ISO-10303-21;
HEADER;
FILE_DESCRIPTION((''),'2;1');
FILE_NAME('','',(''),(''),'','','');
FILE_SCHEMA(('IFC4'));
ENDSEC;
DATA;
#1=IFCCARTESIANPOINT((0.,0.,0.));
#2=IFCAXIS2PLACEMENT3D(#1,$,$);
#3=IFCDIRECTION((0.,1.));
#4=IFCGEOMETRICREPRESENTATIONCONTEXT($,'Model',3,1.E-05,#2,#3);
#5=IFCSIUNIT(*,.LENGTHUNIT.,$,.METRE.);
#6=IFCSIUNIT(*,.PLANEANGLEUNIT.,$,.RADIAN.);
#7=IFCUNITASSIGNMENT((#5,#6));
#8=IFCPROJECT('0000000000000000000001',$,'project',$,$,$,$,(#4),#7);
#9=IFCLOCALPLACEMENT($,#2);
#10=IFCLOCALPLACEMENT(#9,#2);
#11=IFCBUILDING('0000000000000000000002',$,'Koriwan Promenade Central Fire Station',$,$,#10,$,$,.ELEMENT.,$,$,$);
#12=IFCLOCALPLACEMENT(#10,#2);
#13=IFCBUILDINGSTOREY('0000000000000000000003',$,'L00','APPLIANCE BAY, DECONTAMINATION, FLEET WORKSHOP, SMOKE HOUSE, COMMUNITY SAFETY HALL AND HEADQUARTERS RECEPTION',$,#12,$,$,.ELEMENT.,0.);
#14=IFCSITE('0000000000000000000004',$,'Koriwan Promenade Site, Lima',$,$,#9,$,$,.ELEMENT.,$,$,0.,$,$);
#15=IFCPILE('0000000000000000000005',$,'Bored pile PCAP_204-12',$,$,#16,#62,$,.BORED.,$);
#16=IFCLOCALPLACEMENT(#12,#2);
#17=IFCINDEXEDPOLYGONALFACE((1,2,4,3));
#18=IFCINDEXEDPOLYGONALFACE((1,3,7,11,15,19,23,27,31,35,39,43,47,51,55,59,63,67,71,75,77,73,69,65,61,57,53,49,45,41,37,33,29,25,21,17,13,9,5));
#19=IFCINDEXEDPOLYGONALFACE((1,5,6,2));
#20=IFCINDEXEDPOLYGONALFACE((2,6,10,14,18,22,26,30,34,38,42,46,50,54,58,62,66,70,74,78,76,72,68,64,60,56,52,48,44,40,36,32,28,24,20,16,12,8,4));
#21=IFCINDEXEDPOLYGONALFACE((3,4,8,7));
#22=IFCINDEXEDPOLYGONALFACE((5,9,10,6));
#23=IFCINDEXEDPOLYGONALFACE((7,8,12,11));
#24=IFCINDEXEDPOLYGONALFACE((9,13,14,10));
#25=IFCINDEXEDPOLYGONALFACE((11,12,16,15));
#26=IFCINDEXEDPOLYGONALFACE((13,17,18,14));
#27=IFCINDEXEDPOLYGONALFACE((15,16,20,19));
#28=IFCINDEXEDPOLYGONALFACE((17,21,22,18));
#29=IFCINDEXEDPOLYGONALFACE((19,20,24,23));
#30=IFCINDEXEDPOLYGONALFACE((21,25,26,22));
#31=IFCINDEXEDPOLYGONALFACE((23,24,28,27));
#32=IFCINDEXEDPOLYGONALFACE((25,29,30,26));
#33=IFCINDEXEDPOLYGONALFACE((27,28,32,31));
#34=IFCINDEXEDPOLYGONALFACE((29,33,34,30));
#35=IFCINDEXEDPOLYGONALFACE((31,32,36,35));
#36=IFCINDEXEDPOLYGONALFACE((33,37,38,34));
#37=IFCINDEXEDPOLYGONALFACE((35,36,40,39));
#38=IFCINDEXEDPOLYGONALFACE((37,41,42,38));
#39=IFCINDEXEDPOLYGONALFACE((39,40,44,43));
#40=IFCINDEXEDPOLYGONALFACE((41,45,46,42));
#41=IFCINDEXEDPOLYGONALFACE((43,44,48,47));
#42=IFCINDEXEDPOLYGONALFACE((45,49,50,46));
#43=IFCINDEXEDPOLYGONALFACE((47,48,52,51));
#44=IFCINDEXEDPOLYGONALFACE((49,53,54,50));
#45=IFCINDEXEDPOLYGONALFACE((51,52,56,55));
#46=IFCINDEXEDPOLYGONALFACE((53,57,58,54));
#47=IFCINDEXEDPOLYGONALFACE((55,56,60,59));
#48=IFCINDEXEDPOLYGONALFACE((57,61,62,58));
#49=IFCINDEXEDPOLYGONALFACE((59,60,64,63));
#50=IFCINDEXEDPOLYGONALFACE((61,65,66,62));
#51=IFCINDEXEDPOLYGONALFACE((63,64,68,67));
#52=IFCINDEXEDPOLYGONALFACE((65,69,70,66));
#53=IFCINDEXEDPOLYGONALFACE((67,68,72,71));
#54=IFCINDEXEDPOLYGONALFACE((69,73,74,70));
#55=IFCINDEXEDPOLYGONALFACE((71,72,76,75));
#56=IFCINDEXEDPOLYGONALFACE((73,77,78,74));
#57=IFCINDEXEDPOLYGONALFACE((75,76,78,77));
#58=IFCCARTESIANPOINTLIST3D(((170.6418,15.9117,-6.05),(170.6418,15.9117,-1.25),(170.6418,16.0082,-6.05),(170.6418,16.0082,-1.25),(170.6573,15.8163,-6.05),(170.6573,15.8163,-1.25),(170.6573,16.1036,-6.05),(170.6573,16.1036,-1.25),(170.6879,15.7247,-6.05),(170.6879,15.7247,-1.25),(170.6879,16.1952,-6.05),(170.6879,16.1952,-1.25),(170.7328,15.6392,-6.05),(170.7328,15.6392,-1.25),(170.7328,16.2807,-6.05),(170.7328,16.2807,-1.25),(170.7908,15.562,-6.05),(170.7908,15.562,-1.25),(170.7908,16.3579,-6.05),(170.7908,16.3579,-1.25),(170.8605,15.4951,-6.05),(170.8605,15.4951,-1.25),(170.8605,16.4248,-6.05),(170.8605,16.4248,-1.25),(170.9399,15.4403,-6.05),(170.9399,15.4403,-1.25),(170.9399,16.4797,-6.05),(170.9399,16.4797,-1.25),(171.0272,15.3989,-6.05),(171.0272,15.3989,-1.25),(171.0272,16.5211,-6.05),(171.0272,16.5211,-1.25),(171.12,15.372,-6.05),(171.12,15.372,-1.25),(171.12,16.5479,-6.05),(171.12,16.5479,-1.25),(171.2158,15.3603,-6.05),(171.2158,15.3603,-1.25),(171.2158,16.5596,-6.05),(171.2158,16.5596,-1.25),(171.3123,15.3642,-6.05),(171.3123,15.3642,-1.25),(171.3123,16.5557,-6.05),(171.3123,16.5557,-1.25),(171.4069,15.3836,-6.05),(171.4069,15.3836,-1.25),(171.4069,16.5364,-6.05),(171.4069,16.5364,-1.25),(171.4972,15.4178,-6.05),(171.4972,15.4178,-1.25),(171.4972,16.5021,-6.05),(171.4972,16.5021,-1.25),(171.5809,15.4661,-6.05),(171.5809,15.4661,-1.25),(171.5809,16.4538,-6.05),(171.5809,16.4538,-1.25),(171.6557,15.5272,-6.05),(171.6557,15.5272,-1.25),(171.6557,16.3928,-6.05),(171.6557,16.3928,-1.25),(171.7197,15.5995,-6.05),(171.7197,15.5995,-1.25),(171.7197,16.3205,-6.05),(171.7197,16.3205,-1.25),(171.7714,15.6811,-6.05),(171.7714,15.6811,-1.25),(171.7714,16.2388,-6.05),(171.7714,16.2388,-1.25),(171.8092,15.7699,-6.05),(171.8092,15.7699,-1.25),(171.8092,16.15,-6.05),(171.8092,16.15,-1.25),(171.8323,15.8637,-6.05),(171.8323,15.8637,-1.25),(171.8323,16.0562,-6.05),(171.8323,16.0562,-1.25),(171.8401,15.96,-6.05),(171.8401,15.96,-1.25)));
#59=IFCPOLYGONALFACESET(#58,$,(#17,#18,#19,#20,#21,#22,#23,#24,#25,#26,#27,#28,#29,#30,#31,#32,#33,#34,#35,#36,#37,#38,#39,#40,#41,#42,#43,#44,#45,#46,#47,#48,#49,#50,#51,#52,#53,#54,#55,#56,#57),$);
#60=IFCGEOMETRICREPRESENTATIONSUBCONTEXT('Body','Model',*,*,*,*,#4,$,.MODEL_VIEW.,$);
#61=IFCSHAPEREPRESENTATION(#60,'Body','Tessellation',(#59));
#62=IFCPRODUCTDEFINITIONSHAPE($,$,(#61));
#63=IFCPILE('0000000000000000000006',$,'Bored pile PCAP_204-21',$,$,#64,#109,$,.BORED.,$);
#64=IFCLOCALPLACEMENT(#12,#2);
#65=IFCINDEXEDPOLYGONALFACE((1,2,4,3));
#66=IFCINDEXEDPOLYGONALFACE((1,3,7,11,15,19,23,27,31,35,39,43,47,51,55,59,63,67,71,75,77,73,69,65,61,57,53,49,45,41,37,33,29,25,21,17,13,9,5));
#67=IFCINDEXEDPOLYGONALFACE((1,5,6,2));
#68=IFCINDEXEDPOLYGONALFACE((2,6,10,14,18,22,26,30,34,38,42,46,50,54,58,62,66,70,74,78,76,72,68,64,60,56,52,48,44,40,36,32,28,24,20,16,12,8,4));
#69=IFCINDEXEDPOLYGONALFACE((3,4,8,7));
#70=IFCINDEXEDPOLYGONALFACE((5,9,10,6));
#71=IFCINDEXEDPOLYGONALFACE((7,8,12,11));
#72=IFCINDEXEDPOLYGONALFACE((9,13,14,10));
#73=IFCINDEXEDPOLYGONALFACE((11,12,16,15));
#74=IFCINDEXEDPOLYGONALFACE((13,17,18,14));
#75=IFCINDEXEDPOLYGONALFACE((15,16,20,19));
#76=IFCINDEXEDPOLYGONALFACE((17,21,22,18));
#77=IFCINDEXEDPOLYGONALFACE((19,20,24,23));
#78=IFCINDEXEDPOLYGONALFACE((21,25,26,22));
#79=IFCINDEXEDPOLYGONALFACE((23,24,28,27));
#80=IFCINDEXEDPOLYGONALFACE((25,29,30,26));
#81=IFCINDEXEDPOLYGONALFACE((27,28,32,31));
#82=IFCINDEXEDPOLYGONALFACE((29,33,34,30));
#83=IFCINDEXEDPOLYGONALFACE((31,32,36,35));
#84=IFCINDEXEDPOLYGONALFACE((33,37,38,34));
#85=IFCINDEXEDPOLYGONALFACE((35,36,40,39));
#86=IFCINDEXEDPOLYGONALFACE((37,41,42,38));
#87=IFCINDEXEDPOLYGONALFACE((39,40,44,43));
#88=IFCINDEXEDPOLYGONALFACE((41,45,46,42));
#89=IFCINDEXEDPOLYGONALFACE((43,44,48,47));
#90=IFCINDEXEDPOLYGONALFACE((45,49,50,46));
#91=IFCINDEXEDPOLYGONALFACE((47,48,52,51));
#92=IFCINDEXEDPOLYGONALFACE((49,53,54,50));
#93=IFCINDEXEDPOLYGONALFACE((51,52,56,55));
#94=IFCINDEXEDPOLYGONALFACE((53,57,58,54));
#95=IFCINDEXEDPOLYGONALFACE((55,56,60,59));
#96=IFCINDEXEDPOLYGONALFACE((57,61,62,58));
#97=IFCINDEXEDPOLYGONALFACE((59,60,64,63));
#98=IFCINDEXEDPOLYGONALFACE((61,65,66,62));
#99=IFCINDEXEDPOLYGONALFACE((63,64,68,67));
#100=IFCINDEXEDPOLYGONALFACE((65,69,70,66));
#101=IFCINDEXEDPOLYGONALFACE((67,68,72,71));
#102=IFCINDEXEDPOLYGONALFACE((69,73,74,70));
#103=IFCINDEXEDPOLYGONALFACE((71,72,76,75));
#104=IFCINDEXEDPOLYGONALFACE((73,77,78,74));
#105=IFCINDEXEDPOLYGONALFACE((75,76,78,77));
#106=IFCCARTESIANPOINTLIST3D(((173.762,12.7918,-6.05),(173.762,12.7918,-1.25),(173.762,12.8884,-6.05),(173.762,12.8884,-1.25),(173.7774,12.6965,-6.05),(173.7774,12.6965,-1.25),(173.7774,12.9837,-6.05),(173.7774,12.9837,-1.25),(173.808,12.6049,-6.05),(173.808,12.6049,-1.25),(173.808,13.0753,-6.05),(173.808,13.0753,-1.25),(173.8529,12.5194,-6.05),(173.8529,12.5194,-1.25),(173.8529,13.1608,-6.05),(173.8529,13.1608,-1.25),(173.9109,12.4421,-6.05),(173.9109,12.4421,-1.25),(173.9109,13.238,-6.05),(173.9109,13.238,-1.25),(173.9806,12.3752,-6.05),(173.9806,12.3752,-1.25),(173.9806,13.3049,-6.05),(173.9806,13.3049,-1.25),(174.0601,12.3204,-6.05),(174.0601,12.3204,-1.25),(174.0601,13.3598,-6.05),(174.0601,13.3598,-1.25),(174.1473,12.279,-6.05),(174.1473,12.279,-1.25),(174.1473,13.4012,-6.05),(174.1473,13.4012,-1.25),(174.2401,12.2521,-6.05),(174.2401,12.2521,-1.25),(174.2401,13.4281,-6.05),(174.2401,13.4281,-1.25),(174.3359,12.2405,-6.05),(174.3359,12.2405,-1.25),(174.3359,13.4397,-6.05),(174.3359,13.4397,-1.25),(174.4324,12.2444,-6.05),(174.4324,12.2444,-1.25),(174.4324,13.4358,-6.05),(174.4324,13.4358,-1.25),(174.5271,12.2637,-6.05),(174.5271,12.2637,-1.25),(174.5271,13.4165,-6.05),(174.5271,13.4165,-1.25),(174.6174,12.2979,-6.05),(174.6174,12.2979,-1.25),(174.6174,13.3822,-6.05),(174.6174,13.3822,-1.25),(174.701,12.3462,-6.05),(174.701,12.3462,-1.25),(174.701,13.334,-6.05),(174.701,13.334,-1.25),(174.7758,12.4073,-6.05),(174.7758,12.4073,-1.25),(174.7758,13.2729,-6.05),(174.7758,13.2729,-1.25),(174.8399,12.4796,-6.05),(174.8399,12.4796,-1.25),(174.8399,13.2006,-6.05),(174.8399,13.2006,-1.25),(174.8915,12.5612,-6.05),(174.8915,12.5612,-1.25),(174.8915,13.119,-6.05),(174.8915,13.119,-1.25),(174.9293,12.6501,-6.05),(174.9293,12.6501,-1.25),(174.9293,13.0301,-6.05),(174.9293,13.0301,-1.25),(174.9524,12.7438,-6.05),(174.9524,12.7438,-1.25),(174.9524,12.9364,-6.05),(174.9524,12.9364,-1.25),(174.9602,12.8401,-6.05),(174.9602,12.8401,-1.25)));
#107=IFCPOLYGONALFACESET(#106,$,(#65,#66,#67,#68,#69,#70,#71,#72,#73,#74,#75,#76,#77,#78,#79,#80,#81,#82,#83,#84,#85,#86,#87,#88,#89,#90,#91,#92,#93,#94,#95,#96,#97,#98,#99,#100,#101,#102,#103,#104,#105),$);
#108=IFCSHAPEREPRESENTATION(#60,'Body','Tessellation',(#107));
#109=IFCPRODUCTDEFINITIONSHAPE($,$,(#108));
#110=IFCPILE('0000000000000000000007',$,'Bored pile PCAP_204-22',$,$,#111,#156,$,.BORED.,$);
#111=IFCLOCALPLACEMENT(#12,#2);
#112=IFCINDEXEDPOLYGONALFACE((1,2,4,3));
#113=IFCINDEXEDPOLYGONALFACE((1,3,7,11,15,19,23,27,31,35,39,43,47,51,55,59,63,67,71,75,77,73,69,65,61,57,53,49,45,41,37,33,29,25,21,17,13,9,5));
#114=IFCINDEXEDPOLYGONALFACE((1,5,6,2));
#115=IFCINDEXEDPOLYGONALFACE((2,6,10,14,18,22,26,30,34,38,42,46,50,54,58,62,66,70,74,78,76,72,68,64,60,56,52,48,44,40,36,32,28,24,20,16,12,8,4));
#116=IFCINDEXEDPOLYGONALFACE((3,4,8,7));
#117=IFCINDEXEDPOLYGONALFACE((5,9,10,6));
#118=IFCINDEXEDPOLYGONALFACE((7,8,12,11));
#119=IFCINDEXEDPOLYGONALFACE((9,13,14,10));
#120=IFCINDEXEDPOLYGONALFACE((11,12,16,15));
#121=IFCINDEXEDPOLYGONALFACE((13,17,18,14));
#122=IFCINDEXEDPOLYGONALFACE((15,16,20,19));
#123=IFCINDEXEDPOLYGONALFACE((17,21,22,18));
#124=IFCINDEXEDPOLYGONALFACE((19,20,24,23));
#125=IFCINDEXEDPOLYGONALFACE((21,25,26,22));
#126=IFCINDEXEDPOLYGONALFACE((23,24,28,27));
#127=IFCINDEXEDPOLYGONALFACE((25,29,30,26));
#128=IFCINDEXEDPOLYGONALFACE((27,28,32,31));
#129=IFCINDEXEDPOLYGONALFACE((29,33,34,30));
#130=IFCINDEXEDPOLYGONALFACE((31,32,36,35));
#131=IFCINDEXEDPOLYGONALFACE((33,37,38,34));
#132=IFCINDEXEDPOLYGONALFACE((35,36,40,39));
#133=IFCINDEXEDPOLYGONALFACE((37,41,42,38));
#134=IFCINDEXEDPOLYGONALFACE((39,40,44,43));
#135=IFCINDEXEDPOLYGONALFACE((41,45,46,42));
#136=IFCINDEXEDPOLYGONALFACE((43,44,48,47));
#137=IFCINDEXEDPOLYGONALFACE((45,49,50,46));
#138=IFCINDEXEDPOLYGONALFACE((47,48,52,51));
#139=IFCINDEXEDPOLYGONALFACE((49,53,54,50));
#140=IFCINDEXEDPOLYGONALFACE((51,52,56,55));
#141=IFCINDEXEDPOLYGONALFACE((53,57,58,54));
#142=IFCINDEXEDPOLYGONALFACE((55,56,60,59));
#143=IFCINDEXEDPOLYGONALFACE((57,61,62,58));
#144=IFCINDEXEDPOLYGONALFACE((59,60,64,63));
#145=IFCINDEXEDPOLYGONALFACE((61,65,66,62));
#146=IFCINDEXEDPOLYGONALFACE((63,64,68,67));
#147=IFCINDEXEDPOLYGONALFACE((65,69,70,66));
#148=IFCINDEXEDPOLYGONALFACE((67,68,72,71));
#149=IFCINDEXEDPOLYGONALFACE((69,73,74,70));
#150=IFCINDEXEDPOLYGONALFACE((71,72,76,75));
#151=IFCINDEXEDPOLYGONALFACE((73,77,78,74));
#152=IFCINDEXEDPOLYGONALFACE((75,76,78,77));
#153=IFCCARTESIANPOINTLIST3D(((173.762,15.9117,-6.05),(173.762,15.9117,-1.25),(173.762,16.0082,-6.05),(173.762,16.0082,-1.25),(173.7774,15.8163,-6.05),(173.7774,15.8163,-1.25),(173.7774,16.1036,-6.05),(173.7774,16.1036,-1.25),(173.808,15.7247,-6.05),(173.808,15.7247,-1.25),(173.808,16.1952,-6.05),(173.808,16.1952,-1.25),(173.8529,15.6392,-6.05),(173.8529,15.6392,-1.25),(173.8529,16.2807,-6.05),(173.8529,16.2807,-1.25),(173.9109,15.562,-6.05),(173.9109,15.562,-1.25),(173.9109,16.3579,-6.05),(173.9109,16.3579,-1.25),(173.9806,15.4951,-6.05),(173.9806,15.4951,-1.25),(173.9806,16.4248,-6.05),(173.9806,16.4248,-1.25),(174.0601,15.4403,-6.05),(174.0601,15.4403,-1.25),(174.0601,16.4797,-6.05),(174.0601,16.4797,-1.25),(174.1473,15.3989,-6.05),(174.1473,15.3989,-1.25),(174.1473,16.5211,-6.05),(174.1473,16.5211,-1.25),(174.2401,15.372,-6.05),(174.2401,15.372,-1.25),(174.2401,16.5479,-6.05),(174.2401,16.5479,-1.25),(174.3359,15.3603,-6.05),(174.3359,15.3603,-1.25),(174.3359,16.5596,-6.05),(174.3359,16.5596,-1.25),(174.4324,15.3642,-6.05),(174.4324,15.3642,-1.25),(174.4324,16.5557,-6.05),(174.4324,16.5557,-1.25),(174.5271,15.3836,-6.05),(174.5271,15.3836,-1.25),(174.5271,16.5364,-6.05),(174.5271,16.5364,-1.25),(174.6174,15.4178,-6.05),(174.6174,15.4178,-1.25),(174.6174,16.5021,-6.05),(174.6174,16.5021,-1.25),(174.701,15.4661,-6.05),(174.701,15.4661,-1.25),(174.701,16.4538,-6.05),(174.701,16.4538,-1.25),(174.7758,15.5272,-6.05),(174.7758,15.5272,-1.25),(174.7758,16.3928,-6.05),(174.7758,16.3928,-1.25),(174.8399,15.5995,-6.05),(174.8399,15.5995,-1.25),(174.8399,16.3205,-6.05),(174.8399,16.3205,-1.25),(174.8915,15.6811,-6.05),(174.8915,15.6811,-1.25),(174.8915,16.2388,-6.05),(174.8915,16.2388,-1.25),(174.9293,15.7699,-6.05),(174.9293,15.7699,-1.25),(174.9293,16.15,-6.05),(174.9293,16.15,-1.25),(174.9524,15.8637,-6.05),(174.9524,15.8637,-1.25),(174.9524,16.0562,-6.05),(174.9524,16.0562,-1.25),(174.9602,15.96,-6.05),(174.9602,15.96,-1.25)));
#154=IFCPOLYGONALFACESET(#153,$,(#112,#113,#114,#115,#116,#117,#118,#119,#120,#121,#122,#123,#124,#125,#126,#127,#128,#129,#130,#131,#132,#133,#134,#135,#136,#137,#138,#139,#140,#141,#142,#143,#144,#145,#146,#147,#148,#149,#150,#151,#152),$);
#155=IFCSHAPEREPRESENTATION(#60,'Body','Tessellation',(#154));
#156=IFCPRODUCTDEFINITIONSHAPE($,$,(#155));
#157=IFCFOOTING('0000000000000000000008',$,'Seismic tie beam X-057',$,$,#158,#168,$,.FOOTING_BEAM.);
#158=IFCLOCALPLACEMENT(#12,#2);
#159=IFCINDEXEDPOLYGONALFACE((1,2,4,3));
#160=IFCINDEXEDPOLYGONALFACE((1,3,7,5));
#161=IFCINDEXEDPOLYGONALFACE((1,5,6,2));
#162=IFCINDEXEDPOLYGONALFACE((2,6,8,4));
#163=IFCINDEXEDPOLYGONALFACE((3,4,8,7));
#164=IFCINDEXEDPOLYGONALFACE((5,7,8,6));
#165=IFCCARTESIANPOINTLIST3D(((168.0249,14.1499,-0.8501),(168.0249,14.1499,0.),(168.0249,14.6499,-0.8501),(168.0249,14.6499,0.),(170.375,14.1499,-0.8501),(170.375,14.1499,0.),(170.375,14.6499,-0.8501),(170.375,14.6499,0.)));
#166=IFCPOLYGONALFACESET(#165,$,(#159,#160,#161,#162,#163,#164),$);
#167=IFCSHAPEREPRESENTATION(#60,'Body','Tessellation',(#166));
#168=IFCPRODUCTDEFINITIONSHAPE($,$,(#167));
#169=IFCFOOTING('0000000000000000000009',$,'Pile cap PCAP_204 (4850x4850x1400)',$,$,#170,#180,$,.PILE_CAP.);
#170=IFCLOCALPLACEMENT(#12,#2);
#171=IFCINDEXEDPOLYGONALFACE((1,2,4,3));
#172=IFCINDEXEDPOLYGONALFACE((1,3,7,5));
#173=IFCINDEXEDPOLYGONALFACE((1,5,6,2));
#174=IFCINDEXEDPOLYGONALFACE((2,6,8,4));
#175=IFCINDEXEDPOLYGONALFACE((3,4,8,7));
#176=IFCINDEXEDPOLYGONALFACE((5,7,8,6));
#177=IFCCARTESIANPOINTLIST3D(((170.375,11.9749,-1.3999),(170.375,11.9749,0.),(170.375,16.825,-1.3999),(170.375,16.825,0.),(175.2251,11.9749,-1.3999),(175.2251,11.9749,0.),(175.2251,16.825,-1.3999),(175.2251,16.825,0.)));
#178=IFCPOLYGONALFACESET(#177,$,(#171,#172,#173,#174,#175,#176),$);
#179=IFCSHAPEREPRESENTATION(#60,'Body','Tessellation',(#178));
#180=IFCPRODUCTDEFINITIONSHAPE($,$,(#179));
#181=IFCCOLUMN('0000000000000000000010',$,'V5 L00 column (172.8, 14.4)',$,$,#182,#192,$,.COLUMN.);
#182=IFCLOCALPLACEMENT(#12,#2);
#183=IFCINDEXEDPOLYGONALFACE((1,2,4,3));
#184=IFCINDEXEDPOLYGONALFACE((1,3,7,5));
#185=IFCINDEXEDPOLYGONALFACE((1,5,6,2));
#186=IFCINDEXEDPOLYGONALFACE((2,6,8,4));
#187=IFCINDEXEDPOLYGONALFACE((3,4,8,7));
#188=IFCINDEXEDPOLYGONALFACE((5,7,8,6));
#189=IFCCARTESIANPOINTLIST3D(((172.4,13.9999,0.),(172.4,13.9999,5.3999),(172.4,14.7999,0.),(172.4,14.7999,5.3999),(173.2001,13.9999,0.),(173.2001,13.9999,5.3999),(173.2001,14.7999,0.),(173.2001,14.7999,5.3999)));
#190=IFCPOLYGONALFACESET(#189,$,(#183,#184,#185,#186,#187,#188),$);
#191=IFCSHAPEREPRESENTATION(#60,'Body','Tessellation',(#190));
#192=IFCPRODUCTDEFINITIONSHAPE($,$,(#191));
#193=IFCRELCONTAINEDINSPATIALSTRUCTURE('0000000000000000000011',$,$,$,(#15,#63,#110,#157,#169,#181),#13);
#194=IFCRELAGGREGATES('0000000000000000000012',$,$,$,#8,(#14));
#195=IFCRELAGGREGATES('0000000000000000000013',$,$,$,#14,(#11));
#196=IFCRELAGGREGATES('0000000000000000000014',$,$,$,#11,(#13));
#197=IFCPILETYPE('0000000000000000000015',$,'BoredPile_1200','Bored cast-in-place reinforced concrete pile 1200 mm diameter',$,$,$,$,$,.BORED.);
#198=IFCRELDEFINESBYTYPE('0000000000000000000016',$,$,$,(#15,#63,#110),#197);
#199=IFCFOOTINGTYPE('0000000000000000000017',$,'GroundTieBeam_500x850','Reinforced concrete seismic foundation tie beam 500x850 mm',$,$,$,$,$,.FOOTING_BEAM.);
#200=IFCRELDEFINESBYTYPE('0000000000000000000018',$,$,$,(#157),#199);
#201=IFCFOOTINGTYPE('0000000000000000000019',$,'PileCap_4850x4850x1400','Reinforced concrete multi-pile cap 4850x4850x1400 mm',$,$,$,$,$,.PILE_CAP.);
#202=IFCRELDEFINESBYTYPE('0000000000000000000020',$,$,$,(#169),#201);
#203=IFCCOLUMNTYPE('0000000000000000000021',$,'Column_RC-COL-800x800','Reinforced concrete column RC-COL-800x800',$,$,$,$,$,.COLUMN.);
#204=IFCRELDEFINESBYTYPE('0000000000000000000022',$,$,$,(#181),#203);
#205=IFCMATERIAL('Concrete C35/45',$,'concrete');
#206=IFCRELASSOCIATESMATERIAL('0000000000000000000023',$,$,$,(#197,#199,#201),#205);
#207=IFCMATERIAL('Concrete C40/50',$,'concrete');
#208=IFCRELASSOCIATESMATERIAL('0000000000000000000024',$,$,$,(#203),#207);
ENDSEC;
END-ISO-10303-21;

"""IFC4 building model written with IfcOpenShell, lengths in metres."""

from ifc_helpers import new_model, si_unit, direction, frame, origin, origin_2d, place, context, subcontext, project, spatial, rectangle, circle, extrude, material, material_profile, profile_set, type_object, element, save


model = new_model("IFC4")

# Units and contexts
model_context = context("Model", 3, precision=1e-05, world=origin(), true_north=direction((0.0, 1.0)))
body_context = subcontext(model_context, "Body", "Model", "MODEL_VIEW")
ifc_project = project(units=[si_unit("LENGTHUNIT", "METRE"), si_unit("PLANEANGLEUNIT", "RADIAN")], contexts=[model_context])

# Site, building, storey
site_placement = place(None, origin())
site = spatial("IfcSite", under=ifc_project, at=site_placement, Name="Koriwan Promenade Site, Lima", CompositionType="ELEMENT", RefElevation=0.0)
building_placement = place(site_placement, origin())
building = spatial("IfcBuilding", under=site, at=building_placement, Name="Koriwan Promenade Central Fire Station", CompositionType="ELEMENT")
storey_placement = place(building_placement, origin())
storey = spatial("IfcBuildingStorey", under=building, at=storey_placement, Name="L00", Description="APPLIANCE BAY, DECONTAMINATION, FLEET WORKSHOP, SMOKE HOUSE, COMMUNITY SAFETY HALL AND HEADQUARTERS RECEPTION", CompositionType="ELEMENT", Elevation=0.0)

# Piles
ifc_material_1 = material(Name="Concrete C35/45", Category="concrete")
ifc_material_profile_1 = material_profile(ifc_material_1, circle(Radius=0.6001, at=origin_2d()), Name="PILE-D1200")
ifc_profile_set_1 = profile_set([ifc_material_profile_1], Name="Concrete C35/45")
pile_type = type_object("IfcPileType", Name="BoredPile_1200", Description="Bored cast-in-place reinforced concrete pile 1200 mm diameter", PredefinedType="BORED", material=ifc_profile_set_1)
for number, where, z_axis, x_axis, name in (
    (1, (171.24, 15.96, -1.25), (0.0, 0.0, -1.0), (1.0, 0.0, 0.0), "Bored pile PCAP_204-12"),
    (2, (174.3601, 12.8401, -1.25), (0.0, 0.0, -1.0), (1.0, 0.0, 0.0), "Bored pile PCAP_204-21"),
    (3, (174.3601, 15.96, -1.25), (0.0, 0.0, -1.0), (1.0, 0.0, 0.0), "Bored pile PCAP_204-22"),
):
    element("IfcPile", number, at=place(storey_placement, frame(where, z_axis=z_axis, x_axis=x_axis)), inside=storey, type_object=pile_type, Name=name, PredefinedType="BORED", context=body_context, shape_type="SweptSolid", body=[
        extrude(circle(Radius=0.6001, at=origin_2d()), origin(), (0.0, 0.0, 1.0), 4.8),
    ])

# Footings
footing_type_1 = type_object("IfcFootingType", Name="GroundTieBeam_500x850", Description="Reinforced concrete seismic foundation tie beam 500x850 mm", PredefinedType="FOOTING_BEAM", material=ifc_material_1)
footing_1_placement = place(storey_placement, frame((169.2, 14.3999, -0.8501), z_axis=(0.0, 0.0, 1.0), x_axis=(1.0, 0.0, 0.0)))
element("IfcFooting", 4, at=footing_1_placement, inside=storey, type_object=footing_type_1, Name="Seismic tie beam X-057", PredefinedType="FOOTING_BEAM", context=body_context, shape_type="SweptSolid", body=[
    extrude(rectangle(XDim=2.3501, YDim=0.5, at=origin_2d()), origin(), (0.0, 0.0, 1.0), 0.8501),
])
footing_type_2 = type_object("IfcFootingType", Name="PileCap_4850x4850x1400", Description="Reinforced concrete multi-pile cap 4850x4850x1400 mm", PredefinedType="PILE_CAP", material=ifc_material_1)
footing_2_placement = place(storey_placement, frame((172.8, 14.3999, -1.3999), z_axis=(0.0, 0.0, 1.0), x_axis=(1.0, 0.0, 0.0)))
element("IfcFooting", 5, at=footing_2_placement, inside=storey, type_object=footing_type_2, Name="Pile cap PCAP_204 (4850x4850x1400)", PredefinedType="PILE_CAP", context=body_context, shape_type="SweptSolid", body=[
    extrude(rectangle(XDim=4.8501, YDim=4.8501, at=origin_2d()), origin(), (0.0, 0.0, 1.0), 1.3999),
])

# Column
ifc_material_2 = material(Name="Concrete C40/50", Category="concrete")
ifc_material_profile_2 = material_profile(ifc_material_2, rectangle(XDim=0.8, YDim=0.8, at=origin_2d()), Name="RC-COL-800x800")
ifc_profile_set_2 = profile_set([ifc_material_profile_2], Name="Concrete C40/50")
column_type = type_object("IfcColumnType", Name="Column_RC-COL-800x800", Description="Reinforced concrete column RC-COL-800x800", PredefinedType="COLUMN", material=ifc_profile_set_2)
column_placement = place(storey_placement, frame((172.8, 14.3999, 0.0), z_axis=(0.0, 0.0, 1.0), x_axis=(1.0, 0.0, 0.0)))
element("IfcColumn", 6, at=column_placement, inside=storey, type_object=column_type, Name="V5 L00 column (172.8, 14.4)", PredefinedType="COLUMN", context=body_context, shape_type="SweptSolid", body=[
    extrude(rectangle(XDim=0.8, YDim=0.8, at=origin_2d()), origin(), (0.0, 0.0, 1.0), 5.3999),
])

save(model, "model.ifc")
